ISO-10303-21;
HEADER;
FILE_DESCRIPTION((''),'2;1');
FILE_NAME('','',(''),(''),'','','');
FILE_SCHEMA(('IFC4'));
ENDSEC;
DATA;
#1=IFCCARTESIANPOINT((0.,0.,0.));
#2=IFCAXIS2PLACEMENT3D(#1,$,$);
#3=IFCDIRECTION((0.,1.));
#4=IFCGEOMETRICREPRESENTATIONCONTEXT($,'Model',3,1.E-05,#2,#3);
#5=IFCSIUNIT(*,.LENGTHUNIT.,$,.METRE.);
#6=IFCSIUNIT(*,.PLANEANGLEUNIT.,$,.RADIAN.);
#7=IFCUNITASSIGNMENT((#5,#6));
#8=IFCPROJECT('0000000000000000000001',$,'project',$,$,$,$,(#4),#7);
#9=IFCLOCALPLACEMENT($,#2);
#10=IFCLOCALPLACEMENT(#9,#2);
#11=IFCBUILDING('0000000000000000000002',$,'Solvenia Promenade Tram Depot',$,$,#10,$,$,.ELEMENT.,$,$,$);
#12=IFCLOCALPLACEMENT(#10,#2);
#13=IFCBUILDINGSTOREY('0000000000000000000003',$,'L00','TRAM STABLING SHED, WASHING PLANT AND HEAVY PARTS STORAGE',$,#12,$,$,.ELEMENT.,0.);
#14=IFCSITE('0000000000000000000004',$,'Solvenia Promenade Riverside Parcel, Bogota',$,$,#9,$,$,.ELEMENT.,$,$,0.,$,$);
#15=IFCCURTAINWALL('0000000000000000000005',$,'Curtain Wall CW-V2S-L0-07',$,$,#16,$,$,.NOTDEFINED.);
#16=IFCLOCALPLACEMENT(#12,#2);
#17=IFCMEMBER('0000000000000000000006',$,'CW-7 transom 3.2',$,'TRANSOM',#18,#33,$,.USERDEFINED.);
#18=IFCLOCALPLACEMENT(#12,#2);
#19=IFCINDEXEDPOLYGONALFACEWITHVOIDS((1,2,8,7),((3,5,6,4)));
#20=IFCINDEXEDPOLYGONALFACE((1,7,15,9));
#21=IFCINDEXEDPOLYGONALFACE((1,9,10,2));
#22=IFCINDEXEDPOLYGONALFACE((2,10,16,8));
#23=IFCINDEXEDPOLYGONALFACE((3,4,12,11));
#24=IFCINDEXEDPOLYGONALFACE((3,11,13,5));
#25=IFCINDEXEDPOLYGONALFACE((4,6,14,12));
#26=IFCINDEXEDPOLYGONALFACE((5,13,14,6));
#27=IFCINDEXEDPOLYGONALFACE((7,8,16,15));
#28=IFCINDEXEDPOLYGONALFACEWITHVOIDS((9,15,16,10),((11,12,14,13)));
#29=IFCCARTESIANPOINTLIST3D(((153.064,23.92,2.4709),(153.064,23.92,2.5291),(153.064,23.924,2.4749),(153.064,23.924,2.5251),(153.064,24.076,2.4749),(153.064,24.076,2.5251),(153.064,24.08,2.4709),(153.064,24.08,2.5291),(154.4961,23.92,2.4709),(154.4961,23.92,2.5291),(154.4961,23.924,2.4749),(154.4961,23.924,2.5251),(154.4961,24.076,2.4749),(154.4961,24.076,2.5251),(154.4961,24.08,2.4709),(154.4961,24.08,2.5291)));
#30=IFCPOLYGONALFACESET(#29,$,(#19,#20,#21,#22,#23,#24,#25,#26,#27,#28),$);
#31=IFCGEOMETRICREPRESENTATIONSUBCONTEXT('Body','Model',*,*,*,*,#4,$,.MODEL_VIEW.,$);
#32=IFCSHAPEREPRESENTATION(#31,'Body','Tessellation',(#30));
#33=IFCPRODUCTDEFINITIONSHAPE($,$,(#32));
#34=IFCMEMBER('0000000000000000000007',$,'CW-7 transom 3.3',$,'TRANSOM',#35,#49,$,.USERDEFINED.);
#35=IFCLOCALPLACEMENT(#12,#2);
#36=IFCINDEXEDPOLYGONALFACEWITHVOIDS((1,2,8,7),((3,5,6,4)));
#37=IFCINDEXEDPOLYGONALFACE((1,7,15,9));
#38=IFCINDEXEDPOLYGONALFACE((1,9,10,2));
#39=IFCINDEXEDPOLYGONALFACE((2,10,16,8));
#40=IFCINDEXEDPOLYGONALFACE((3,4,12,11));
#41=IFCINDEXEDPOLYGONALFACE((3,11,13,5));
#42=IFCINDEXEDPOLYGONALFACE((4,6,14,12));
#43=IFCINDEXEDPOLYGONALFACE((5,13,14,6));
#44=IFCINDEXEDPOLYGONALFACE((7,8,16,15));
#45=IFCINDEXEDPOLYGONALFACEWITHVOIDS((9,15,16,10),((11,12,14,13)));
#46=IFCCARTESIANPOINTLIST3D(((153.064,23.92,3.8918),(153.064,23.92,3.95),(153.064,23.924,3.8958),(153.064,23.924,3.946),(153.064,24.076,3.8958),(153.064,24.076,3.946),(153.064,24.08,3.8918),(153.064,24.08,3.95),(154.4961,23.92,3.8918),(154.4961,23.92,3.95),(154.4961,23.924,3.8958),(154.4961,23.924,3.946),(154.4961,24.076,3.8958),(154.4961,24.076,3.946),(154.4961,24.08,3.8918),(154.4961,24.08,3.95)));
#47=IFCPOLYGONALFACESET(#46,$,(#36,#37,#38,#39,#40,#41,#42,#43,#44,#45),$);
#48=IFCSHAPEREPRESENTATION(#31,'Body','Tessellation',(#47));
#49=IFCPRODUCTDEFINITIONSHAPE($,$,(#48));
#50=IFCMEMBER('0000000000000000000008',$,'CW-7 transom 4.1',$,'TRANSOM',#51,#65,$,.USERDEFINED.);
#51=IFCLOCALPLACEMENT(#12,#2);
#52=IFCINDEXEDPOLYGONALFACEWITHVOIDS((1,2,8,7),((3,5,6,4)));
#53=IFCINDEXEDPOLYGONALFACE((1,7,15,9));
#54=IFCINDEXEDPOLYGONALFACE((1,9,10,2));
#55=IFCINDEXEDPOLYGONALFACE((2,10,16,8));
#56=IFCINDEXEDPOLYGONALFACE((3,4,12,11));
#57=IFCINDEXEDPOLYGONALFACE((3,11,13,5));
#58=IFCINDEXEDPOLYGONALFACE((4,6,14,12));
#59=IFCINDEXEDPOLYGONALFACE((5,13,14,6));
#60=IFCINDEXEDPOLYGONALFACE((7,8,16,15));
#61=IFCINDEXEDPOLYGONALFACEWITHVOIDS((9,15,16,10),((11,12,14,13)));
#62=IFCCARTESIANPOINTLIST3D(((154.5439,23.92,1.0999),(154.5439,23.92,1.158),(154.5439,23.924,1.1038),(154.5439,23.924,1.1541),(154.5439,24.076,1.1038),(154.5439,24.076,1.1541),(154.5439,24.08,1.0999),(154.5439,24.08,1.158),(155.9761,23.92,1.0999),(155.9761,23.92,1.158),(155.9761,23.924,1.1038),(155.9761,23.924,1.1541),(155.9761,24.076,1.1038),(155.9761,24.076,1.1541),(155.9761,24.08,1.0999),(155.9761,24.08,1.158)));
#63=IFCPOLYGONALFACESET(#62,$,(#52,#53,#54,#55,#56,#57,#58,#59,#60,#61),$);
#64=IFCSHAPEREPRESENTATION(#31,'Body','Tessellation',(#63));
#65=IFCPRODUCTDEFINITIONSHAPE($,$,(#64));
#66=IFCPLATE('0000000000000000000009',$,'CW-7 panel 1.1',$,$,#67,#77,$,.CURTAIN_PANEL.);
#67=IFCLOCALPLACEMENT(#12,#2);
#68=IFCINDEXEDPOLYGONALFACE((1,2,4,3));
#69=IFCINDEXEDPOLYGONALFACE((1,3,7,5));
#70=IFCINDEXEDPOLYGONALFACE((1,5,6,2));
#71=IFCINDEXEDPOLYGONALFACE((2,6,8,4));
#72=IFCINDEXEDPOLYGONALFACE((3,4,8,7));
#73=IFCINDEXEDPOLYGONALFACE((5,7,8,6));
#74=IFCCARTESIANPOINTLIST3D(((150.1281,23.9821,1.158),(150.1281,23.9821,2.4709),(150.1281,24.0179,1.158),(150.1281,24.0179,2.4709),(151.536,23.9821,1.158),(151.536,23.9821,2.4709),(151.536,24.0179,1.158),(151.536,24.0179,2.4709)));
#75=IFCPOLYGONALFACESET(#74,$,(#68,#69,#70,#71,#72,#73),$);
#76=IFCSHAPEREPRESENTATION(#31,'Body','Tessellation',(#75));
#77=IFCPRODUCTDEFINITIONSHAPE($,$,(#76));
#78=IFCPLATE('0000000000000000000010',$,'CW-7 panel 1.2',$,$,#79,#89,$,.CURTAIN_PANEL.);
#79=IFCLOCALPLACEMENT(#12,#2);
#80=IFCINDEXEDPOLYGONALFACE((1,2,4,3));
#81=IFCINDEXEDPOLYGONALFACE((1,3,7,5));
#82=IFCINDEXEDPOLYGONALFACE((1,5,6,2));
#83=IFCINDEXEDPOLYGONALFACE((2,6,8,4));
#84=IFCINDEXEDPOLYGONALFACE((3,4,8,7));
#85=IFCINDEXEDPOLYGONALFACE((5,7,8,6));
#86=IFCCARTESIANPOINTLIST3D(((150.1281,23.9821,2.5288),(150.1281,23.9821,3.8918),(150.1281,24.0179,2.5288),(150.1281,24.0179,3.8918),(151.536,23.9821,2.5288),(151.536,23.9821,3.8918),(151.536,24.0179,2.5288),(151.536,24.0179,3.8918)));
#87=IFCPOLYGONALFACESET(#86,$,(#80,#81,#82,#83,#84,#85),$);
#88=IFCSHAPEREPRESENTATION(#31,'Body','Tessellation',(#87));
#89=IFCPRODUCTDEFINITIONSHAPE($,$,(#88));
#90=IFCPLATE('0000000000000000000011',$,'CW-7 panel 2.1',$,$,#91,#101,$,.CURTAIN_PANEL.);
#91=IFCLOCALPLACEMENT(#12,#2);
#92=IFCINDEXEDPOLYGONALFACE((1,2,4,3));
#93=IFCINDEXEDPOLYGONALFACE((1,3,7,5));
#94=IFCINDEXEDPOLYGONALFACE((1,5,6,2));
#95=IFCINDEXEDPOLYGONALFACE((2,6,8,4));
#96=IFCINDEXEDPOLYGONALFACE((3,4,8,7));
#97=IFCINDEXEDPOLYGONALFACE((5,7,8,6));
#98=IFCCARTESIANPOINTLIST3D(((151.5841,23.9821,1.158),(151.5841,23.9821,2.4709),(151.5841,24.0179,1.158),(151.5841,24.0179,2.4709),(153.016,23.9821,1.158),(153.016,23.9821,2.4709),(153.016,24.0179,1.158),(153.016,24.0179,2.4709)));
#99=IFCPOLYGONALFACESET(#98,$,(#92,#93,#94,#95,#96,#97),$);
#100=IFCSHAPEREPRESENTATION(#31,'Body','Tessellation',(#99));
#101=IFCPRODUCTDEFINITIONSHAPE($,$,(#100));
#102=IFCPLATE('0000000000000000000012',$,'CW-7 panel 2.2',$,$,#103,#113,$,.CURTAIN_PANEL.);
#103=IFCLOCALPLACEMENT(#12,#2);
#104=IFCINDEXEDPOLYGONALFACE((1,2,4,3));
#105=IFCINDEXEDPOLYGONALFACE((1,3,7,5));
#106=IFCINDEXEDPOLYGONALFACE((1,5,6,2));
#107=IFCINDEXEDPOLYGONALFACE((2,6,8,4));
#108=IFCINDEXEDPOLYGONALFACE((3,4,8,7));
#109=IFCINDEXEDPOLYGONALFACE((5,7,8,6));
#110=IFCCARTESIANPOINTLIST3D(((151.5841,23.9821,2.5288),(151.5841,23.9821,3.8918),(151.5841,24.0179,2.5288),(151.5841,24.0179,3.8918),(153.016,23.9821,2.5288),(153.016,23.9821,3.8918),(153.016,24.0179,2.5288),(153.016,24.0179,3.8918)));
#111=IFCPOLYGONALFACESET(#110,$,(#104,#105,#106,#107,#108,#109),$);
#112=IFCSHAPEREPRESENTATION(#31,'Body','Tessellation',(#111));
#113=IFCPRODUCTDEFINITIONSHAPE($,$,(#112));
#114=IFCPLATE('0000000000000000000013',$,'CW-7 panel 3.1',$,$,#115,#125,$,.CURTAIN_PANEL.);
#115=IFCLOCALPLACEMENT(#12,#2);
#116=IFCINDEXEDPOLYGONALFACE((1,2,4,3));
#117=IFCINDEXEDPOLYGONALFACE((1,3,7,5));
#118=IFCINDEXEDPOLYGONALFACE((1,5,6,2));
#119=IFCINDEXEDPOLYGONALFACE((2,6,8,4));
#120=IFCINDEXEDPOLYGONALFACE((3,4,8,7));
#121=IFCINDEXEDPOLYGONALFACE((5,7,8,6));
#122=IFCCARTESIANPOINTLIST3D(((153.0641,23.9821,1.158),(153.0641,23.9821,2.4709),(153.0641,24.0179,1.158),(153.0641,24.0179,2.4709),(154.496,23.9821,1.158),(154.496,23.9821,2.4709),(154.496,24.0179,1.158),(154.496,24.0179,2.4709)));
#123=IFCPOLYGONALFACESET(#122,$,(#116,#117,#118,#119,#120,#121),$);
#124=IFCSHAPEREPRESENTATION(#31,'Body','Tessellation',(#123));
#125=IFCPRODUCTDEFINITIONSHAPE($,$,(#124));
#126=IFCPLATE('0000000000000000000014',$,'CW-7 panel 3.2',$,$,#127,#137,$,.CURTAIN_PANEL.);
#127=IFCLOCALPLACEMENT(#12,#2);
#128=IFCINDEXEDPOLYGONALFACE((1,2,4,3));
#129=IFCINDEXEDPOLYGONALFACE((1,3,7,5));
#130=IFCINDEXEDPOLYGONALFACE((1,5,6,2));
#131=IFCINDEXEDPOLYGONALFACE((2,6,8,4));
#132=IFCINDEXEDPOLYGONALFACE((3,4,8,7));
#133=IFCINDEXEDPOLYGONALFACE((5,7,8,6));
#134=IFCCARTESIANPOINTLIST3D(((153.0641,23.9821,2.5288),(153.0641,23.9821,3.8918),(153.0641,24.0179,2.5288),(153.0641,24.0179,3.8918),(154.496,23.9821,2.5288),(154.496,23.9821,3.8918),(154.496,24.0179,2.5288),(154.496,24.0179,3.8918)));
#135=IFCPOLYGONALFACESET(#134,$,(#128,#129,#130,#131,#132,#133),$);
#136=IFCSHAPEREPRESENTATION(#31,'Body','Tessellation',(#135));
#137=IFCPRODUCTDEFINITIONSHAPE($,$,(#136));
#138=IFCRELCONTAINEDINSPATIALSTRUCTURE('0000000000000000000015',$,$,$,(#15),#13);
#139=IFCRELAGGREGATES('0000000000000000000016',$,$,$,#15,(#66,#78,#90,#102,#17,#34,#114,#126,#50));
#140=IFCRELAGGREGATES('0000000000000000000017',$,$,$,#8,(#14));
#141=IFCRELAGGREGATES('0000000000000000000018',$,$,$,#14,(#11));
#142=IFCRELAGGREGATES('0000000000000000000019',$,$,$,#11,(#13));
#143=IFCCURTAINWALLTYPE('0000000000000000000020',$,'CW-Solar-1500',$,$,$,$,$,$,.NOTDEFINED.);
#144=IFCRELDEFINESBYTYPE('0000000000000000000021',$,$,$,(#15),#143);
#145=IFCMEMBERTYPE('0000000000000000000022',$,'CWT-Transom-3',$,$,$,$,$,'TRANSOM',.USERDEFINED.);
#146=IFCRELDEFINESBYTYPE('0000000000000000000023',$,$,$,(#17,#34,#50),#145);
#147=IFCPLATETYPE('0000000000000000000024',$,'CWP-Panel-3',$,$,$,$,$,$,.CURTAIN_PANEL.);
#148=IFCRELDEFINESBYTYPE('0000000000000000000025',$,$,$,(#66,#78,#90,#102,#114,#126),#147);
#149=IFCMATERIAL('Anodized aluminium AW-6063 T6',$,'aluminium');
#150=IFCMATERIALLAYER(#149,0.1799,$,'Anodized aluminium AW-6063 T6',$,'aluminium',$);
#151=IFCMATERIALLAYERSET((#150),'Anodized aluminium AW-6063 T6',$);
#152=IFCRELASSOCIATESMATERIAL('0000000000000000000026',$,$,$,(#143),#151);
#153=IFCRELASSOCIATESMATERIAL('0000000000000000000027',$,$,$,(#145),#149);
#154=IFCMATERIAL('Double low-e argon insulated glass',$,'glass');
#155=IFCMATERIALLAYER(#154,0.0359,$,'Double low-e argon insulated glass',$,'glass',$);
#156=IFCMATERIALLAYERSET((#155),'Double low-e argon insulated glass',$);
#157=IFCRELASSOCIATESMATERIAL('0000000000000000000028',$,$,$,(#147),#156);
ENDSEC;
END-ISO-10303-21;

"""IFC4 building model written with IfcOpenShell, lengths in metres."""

from ifc_helpers import new_model, si_unit, direction, frame, origin, origin_2d, place, context, subcontext, project, spatial, rectangle, hollow_rectangle, extrude, material, layer, layer_set, material_profile, profile_set, type_object, element, aggregate, save


model = new_model("IFC4")

# Units and contexts
model_context = context("Model", 3, precision=1e-05, world=origin(), true_north=direction((0.0, 1.0)))
body_context = subcontext(model_context, "Body", "Model", "MODEL_VIEW")
ifc_project = project(units=[si_unit("LENGTHUNIT", "METRE"), si_unit("PLANEANGLEUNIT", "RADIAN")], contexts=[model_context])

# Site, building, storey
site_placement = place(None, origin())
site = spatial("IfcSite", under=ifc_project, at=site_placement, Name="Solvenia Promenade Riverside Parcel, Bogota", CompositionType="ELEMENT", RefElevation=0.0)
building_placement = place(site_placement, origin())
building = spatial("IfcBuilding", under=site, at=building_placement, Name="Solvenia Promenade Tram Depot", CompositionType="ELEMENT")
storey_placement = place(building_placement, origin())
storey = spatial("IfcBuildingStorey", under=building, at=storey_placement, Name="L00", Description="TRAM STABLING SHED, WASHING PLANT AND HEAVY PARTS STORAGE", CompositionType="ELEMENT", Elevation=0.0)

# Curtain wall, members, plates
ifc_material_1 = material(Name="Anodized aluminium AW-6063 T6", Category="aluminium")
ifc_layer_1 = layer(ifc_material_1, 0.1799, Name="Anodized aluminium AW-6063 T6", Category="aluminium")
ifc_layer_set_1 = layer_set([ifc_layer_1], Name="Anodized aluminium AW-6063 T6")
curtain_wall_type = type_object("IfcCurtainWallType", Name="CW-Solar-1500", PredefinedType="NOTDEFINED", material=ifc_layer_set_1)
curtain_wall_placement = place(storey_placement, origin())
curtain_wall = element("IfcCurtainWall", 1, at=curtain_wall_placement, inside=storey, type_object=curtain_wall_type, Name="Curtain Wall CW-V2S-L0-07", PredefinedType="NOTDEFINED")
ifc_material_profile_1 = material_profile(ifc_material_1, hollow_rectangle(XDim=0.1599, YDim=0.0581, WallThickness=0.0039, at=origin_2d()), Name="ALU-T3", Category="aluminium")
ifc_profile_set_1 = profile_set([ifc_material_profile_1], Name="Anodized aluminium AW-6063 T6")
member_type_1 = type_object("IfcMemberType", Name="CWT-Transom-3", ElementType="TRANSOM", PredefinedType="USERDEFINED", material=ifc_profile_set_1)
member_1_placement = place(storey_placement, frame((153.064, 24.0, 2.5), z_axis=(1.0, 0.0, 0.0), x_axis=(0.0, 1.0, 0.0)))
member_1 = element("IfcMember", 2, at=member_1_placement, type_object=member_type_1, Name="CW-7 transom 3.2", ObjectType="TRANSOM", PredefinedType="USERDEFINED", context=body_context, shape_type="SweptSolid", body=[
    extrude(hollow_rectangle(XDim=0.1599, YDim=0.0581, WallThickness=0.0039, at=origin_2d()), origin(), (0.0, 0.0, 1.0), 1.4321),
])
member_2_placement = place(storey_placement, frame((153.064, 24.0, 3.9209), z_axis=(1.0, 0.0, 0.0), x_axis=(0.0, 1.0, 0.0)))
member_2 = element("IfcMember", 3, at=member_2_placement, type_object=member_type_1, Name="CW-7 transom 3.3", ObjectType="TRANSOM", PredefinedType="USERDEFINED", context=body_context, shape_type="SweptSolid", body=[
    extrude(hollow_rectangle(XDim=0.1599, YDim=0.0581, WallThickness=0.0039, at=origin_2d()), origin(), (0.0, 0.0, 1.0), 1.4321),
])
member_3_placement = place(storey_placement, frame((154.5439, 24.0, 1.1289), z_axis=(1.0, 0.0, 0.0), x_axis=(0.0, 1.0, 0.0)))
member_3 = element("IfcMember", 4, at=member_3_placement, type_object=member_type_1, Name="CW-7 transom 4.1", ObjectType="TRANSOM", PredefinedType="USERDEFINED", context=body_context, shape_type="SweptSolid", body=[
    extrude(hollow_rectangle(XDim=0.1599, YDim=0.0581, WallThickness=0.0039, at=origin_2d()), origin(), (0.0, 0.0, 1.0), 1.4321),
])
ifc_material_2 = material(Name="Double low-e argon insulated glass", Category="glass")
ifc_layer_2 = layer(ifc_material_2, 0.0359, Name="Double low-e argon insulated glass", Category="glass")
ifc_layer_set_2 = layer_set([ifc_layer_2], Name="Double low-e argon insulated glass")
plate_type = type_object("IfcPlateType", Name="CWP-Panel-3", PredefinedType="CURTAIN_PANEL", material=ifc_layer_set_2)
plate_1_placement = place(storey_placement, frame((150.832, 24.0, 1.158), z_axis=(0.0, 0.0, 1.0), x_axis=(1.0, 0.0, 0.0)))
plate_1 = element("IfcPlate", 5, at=plate_1_placement, type_object=plate_type, Name="CW-7 panel 1.1", PredefinedType="CURTAIN_PANEL", context=body_context, shape_type="SweptSolid", body=[
    extrude(rectangle(XDim=1.408, YDim=0.0359, at=origin_2d()), origin(), (0.0, 0.0, 1.0), 1.313),
])
plate_2_placement = place(storey_placement, frame((150.832, 24.0, 2.5288), z_axis=(0.0, 0.0, 1.0), x_axis=(1.0, 0.0, 0.0)))
plate_2 = element("IfcPlate", 6, at=plate_2_placement, type_object=plate_type, Name="CW-7 panel 1.2", PredefinedType="CURTAIN_PANEL", context=body_context, shape_type="SweptSolid", body=[
    extrude(rectangle(XDim=1.408, YDim=0.0359, at=origin_2d()), origin(), (0.0, 0.0, 1.0), 1.363),
])
plate_3_placement = place(storey_placement, frame((152.3, 24.0, 1.158), z_axis=(0.0, 0.0, 1.0), x_axis=(1.0, 0.0, 0.0)))
plate_3 = element("IfcPlate", 7, at=plate_3_placement, type_object=plate_type, Name="CW-7 panel 2.1", PredefinedType="CURTAIN_PANEL", context=body_context, shape_type="SweptSolid", body=[
    extrude(rectangle(XDim=1.4319, YDim=0.0359, at=origin_2d()), origin(), (0.0, 0.0, 1.0), 1.313),
])
plate_4_placement = place(storey_placement, frame((152.3, 24.0, 2.5288), z_axis=(0.0, 0.0, 1.0), x_axis=(1.0, 0.0, 0.0)))
plate_4 = element("IfcPlate", 8, at=plate_4_placement, type_object=plate_type, Name="CW-7 panel 2.2", PredefinedType="CURTAIN_PANEL", context=body_context, shape_type="SweptSolid", body=[
    extrude(rectangle(XDim=1.4319, YDim=0.0359, at=origin_2d()), origin(), (0.0, 0.0, 1.0), 1.363),
])
plate_5_placement = place(storey_placement, frame((153.78, 24.0, 1.158), z_axis=(0.0, 0.0, 1.0), x_axis=(1.0, 0.0, 0.0)))
plate_5 = element("IfcPlate", 9, at=plate_5_placement, type_object=plate_type, Name="CW-7 panel 3.1", PredefinedType="CURTAIN_PANEL", context=body_context, shape_type="SweptSolid", body=[
    extrude(rectangle(XDim=1.4319, YDim=0.0359, at=origin_2d()), origin(), (0.0, 0.0, 1.0), 1.313),
])
plate_6_placement = place(storey_placement, frame((153.78, 24.0, 2.5288), z_axis=(0.0, 0.0, 1.0), x_axis=(1.0, 0.0, 0.0)))
plate_6 = element("IfcPlate", 10, at=plate_6_placement, type_object=plate_type, Name="CW-7 panel 3.2", PredefinedType="CURTAIN_PANEL", context=body_context, shape_type="SweptSolid", body=[
    extrude(rectangle(XDim=1.4319, YDim=0.0359, at=origin_2d()), origin(), (0.0, 0.0, 1.0), 1.363),
])
aggregate(curtain_wall, [plate_1, plate_2, plate_3, plate_4, member_1, member_2, plate_5, plate_6, member_3])

save(model, "model.ifc")
